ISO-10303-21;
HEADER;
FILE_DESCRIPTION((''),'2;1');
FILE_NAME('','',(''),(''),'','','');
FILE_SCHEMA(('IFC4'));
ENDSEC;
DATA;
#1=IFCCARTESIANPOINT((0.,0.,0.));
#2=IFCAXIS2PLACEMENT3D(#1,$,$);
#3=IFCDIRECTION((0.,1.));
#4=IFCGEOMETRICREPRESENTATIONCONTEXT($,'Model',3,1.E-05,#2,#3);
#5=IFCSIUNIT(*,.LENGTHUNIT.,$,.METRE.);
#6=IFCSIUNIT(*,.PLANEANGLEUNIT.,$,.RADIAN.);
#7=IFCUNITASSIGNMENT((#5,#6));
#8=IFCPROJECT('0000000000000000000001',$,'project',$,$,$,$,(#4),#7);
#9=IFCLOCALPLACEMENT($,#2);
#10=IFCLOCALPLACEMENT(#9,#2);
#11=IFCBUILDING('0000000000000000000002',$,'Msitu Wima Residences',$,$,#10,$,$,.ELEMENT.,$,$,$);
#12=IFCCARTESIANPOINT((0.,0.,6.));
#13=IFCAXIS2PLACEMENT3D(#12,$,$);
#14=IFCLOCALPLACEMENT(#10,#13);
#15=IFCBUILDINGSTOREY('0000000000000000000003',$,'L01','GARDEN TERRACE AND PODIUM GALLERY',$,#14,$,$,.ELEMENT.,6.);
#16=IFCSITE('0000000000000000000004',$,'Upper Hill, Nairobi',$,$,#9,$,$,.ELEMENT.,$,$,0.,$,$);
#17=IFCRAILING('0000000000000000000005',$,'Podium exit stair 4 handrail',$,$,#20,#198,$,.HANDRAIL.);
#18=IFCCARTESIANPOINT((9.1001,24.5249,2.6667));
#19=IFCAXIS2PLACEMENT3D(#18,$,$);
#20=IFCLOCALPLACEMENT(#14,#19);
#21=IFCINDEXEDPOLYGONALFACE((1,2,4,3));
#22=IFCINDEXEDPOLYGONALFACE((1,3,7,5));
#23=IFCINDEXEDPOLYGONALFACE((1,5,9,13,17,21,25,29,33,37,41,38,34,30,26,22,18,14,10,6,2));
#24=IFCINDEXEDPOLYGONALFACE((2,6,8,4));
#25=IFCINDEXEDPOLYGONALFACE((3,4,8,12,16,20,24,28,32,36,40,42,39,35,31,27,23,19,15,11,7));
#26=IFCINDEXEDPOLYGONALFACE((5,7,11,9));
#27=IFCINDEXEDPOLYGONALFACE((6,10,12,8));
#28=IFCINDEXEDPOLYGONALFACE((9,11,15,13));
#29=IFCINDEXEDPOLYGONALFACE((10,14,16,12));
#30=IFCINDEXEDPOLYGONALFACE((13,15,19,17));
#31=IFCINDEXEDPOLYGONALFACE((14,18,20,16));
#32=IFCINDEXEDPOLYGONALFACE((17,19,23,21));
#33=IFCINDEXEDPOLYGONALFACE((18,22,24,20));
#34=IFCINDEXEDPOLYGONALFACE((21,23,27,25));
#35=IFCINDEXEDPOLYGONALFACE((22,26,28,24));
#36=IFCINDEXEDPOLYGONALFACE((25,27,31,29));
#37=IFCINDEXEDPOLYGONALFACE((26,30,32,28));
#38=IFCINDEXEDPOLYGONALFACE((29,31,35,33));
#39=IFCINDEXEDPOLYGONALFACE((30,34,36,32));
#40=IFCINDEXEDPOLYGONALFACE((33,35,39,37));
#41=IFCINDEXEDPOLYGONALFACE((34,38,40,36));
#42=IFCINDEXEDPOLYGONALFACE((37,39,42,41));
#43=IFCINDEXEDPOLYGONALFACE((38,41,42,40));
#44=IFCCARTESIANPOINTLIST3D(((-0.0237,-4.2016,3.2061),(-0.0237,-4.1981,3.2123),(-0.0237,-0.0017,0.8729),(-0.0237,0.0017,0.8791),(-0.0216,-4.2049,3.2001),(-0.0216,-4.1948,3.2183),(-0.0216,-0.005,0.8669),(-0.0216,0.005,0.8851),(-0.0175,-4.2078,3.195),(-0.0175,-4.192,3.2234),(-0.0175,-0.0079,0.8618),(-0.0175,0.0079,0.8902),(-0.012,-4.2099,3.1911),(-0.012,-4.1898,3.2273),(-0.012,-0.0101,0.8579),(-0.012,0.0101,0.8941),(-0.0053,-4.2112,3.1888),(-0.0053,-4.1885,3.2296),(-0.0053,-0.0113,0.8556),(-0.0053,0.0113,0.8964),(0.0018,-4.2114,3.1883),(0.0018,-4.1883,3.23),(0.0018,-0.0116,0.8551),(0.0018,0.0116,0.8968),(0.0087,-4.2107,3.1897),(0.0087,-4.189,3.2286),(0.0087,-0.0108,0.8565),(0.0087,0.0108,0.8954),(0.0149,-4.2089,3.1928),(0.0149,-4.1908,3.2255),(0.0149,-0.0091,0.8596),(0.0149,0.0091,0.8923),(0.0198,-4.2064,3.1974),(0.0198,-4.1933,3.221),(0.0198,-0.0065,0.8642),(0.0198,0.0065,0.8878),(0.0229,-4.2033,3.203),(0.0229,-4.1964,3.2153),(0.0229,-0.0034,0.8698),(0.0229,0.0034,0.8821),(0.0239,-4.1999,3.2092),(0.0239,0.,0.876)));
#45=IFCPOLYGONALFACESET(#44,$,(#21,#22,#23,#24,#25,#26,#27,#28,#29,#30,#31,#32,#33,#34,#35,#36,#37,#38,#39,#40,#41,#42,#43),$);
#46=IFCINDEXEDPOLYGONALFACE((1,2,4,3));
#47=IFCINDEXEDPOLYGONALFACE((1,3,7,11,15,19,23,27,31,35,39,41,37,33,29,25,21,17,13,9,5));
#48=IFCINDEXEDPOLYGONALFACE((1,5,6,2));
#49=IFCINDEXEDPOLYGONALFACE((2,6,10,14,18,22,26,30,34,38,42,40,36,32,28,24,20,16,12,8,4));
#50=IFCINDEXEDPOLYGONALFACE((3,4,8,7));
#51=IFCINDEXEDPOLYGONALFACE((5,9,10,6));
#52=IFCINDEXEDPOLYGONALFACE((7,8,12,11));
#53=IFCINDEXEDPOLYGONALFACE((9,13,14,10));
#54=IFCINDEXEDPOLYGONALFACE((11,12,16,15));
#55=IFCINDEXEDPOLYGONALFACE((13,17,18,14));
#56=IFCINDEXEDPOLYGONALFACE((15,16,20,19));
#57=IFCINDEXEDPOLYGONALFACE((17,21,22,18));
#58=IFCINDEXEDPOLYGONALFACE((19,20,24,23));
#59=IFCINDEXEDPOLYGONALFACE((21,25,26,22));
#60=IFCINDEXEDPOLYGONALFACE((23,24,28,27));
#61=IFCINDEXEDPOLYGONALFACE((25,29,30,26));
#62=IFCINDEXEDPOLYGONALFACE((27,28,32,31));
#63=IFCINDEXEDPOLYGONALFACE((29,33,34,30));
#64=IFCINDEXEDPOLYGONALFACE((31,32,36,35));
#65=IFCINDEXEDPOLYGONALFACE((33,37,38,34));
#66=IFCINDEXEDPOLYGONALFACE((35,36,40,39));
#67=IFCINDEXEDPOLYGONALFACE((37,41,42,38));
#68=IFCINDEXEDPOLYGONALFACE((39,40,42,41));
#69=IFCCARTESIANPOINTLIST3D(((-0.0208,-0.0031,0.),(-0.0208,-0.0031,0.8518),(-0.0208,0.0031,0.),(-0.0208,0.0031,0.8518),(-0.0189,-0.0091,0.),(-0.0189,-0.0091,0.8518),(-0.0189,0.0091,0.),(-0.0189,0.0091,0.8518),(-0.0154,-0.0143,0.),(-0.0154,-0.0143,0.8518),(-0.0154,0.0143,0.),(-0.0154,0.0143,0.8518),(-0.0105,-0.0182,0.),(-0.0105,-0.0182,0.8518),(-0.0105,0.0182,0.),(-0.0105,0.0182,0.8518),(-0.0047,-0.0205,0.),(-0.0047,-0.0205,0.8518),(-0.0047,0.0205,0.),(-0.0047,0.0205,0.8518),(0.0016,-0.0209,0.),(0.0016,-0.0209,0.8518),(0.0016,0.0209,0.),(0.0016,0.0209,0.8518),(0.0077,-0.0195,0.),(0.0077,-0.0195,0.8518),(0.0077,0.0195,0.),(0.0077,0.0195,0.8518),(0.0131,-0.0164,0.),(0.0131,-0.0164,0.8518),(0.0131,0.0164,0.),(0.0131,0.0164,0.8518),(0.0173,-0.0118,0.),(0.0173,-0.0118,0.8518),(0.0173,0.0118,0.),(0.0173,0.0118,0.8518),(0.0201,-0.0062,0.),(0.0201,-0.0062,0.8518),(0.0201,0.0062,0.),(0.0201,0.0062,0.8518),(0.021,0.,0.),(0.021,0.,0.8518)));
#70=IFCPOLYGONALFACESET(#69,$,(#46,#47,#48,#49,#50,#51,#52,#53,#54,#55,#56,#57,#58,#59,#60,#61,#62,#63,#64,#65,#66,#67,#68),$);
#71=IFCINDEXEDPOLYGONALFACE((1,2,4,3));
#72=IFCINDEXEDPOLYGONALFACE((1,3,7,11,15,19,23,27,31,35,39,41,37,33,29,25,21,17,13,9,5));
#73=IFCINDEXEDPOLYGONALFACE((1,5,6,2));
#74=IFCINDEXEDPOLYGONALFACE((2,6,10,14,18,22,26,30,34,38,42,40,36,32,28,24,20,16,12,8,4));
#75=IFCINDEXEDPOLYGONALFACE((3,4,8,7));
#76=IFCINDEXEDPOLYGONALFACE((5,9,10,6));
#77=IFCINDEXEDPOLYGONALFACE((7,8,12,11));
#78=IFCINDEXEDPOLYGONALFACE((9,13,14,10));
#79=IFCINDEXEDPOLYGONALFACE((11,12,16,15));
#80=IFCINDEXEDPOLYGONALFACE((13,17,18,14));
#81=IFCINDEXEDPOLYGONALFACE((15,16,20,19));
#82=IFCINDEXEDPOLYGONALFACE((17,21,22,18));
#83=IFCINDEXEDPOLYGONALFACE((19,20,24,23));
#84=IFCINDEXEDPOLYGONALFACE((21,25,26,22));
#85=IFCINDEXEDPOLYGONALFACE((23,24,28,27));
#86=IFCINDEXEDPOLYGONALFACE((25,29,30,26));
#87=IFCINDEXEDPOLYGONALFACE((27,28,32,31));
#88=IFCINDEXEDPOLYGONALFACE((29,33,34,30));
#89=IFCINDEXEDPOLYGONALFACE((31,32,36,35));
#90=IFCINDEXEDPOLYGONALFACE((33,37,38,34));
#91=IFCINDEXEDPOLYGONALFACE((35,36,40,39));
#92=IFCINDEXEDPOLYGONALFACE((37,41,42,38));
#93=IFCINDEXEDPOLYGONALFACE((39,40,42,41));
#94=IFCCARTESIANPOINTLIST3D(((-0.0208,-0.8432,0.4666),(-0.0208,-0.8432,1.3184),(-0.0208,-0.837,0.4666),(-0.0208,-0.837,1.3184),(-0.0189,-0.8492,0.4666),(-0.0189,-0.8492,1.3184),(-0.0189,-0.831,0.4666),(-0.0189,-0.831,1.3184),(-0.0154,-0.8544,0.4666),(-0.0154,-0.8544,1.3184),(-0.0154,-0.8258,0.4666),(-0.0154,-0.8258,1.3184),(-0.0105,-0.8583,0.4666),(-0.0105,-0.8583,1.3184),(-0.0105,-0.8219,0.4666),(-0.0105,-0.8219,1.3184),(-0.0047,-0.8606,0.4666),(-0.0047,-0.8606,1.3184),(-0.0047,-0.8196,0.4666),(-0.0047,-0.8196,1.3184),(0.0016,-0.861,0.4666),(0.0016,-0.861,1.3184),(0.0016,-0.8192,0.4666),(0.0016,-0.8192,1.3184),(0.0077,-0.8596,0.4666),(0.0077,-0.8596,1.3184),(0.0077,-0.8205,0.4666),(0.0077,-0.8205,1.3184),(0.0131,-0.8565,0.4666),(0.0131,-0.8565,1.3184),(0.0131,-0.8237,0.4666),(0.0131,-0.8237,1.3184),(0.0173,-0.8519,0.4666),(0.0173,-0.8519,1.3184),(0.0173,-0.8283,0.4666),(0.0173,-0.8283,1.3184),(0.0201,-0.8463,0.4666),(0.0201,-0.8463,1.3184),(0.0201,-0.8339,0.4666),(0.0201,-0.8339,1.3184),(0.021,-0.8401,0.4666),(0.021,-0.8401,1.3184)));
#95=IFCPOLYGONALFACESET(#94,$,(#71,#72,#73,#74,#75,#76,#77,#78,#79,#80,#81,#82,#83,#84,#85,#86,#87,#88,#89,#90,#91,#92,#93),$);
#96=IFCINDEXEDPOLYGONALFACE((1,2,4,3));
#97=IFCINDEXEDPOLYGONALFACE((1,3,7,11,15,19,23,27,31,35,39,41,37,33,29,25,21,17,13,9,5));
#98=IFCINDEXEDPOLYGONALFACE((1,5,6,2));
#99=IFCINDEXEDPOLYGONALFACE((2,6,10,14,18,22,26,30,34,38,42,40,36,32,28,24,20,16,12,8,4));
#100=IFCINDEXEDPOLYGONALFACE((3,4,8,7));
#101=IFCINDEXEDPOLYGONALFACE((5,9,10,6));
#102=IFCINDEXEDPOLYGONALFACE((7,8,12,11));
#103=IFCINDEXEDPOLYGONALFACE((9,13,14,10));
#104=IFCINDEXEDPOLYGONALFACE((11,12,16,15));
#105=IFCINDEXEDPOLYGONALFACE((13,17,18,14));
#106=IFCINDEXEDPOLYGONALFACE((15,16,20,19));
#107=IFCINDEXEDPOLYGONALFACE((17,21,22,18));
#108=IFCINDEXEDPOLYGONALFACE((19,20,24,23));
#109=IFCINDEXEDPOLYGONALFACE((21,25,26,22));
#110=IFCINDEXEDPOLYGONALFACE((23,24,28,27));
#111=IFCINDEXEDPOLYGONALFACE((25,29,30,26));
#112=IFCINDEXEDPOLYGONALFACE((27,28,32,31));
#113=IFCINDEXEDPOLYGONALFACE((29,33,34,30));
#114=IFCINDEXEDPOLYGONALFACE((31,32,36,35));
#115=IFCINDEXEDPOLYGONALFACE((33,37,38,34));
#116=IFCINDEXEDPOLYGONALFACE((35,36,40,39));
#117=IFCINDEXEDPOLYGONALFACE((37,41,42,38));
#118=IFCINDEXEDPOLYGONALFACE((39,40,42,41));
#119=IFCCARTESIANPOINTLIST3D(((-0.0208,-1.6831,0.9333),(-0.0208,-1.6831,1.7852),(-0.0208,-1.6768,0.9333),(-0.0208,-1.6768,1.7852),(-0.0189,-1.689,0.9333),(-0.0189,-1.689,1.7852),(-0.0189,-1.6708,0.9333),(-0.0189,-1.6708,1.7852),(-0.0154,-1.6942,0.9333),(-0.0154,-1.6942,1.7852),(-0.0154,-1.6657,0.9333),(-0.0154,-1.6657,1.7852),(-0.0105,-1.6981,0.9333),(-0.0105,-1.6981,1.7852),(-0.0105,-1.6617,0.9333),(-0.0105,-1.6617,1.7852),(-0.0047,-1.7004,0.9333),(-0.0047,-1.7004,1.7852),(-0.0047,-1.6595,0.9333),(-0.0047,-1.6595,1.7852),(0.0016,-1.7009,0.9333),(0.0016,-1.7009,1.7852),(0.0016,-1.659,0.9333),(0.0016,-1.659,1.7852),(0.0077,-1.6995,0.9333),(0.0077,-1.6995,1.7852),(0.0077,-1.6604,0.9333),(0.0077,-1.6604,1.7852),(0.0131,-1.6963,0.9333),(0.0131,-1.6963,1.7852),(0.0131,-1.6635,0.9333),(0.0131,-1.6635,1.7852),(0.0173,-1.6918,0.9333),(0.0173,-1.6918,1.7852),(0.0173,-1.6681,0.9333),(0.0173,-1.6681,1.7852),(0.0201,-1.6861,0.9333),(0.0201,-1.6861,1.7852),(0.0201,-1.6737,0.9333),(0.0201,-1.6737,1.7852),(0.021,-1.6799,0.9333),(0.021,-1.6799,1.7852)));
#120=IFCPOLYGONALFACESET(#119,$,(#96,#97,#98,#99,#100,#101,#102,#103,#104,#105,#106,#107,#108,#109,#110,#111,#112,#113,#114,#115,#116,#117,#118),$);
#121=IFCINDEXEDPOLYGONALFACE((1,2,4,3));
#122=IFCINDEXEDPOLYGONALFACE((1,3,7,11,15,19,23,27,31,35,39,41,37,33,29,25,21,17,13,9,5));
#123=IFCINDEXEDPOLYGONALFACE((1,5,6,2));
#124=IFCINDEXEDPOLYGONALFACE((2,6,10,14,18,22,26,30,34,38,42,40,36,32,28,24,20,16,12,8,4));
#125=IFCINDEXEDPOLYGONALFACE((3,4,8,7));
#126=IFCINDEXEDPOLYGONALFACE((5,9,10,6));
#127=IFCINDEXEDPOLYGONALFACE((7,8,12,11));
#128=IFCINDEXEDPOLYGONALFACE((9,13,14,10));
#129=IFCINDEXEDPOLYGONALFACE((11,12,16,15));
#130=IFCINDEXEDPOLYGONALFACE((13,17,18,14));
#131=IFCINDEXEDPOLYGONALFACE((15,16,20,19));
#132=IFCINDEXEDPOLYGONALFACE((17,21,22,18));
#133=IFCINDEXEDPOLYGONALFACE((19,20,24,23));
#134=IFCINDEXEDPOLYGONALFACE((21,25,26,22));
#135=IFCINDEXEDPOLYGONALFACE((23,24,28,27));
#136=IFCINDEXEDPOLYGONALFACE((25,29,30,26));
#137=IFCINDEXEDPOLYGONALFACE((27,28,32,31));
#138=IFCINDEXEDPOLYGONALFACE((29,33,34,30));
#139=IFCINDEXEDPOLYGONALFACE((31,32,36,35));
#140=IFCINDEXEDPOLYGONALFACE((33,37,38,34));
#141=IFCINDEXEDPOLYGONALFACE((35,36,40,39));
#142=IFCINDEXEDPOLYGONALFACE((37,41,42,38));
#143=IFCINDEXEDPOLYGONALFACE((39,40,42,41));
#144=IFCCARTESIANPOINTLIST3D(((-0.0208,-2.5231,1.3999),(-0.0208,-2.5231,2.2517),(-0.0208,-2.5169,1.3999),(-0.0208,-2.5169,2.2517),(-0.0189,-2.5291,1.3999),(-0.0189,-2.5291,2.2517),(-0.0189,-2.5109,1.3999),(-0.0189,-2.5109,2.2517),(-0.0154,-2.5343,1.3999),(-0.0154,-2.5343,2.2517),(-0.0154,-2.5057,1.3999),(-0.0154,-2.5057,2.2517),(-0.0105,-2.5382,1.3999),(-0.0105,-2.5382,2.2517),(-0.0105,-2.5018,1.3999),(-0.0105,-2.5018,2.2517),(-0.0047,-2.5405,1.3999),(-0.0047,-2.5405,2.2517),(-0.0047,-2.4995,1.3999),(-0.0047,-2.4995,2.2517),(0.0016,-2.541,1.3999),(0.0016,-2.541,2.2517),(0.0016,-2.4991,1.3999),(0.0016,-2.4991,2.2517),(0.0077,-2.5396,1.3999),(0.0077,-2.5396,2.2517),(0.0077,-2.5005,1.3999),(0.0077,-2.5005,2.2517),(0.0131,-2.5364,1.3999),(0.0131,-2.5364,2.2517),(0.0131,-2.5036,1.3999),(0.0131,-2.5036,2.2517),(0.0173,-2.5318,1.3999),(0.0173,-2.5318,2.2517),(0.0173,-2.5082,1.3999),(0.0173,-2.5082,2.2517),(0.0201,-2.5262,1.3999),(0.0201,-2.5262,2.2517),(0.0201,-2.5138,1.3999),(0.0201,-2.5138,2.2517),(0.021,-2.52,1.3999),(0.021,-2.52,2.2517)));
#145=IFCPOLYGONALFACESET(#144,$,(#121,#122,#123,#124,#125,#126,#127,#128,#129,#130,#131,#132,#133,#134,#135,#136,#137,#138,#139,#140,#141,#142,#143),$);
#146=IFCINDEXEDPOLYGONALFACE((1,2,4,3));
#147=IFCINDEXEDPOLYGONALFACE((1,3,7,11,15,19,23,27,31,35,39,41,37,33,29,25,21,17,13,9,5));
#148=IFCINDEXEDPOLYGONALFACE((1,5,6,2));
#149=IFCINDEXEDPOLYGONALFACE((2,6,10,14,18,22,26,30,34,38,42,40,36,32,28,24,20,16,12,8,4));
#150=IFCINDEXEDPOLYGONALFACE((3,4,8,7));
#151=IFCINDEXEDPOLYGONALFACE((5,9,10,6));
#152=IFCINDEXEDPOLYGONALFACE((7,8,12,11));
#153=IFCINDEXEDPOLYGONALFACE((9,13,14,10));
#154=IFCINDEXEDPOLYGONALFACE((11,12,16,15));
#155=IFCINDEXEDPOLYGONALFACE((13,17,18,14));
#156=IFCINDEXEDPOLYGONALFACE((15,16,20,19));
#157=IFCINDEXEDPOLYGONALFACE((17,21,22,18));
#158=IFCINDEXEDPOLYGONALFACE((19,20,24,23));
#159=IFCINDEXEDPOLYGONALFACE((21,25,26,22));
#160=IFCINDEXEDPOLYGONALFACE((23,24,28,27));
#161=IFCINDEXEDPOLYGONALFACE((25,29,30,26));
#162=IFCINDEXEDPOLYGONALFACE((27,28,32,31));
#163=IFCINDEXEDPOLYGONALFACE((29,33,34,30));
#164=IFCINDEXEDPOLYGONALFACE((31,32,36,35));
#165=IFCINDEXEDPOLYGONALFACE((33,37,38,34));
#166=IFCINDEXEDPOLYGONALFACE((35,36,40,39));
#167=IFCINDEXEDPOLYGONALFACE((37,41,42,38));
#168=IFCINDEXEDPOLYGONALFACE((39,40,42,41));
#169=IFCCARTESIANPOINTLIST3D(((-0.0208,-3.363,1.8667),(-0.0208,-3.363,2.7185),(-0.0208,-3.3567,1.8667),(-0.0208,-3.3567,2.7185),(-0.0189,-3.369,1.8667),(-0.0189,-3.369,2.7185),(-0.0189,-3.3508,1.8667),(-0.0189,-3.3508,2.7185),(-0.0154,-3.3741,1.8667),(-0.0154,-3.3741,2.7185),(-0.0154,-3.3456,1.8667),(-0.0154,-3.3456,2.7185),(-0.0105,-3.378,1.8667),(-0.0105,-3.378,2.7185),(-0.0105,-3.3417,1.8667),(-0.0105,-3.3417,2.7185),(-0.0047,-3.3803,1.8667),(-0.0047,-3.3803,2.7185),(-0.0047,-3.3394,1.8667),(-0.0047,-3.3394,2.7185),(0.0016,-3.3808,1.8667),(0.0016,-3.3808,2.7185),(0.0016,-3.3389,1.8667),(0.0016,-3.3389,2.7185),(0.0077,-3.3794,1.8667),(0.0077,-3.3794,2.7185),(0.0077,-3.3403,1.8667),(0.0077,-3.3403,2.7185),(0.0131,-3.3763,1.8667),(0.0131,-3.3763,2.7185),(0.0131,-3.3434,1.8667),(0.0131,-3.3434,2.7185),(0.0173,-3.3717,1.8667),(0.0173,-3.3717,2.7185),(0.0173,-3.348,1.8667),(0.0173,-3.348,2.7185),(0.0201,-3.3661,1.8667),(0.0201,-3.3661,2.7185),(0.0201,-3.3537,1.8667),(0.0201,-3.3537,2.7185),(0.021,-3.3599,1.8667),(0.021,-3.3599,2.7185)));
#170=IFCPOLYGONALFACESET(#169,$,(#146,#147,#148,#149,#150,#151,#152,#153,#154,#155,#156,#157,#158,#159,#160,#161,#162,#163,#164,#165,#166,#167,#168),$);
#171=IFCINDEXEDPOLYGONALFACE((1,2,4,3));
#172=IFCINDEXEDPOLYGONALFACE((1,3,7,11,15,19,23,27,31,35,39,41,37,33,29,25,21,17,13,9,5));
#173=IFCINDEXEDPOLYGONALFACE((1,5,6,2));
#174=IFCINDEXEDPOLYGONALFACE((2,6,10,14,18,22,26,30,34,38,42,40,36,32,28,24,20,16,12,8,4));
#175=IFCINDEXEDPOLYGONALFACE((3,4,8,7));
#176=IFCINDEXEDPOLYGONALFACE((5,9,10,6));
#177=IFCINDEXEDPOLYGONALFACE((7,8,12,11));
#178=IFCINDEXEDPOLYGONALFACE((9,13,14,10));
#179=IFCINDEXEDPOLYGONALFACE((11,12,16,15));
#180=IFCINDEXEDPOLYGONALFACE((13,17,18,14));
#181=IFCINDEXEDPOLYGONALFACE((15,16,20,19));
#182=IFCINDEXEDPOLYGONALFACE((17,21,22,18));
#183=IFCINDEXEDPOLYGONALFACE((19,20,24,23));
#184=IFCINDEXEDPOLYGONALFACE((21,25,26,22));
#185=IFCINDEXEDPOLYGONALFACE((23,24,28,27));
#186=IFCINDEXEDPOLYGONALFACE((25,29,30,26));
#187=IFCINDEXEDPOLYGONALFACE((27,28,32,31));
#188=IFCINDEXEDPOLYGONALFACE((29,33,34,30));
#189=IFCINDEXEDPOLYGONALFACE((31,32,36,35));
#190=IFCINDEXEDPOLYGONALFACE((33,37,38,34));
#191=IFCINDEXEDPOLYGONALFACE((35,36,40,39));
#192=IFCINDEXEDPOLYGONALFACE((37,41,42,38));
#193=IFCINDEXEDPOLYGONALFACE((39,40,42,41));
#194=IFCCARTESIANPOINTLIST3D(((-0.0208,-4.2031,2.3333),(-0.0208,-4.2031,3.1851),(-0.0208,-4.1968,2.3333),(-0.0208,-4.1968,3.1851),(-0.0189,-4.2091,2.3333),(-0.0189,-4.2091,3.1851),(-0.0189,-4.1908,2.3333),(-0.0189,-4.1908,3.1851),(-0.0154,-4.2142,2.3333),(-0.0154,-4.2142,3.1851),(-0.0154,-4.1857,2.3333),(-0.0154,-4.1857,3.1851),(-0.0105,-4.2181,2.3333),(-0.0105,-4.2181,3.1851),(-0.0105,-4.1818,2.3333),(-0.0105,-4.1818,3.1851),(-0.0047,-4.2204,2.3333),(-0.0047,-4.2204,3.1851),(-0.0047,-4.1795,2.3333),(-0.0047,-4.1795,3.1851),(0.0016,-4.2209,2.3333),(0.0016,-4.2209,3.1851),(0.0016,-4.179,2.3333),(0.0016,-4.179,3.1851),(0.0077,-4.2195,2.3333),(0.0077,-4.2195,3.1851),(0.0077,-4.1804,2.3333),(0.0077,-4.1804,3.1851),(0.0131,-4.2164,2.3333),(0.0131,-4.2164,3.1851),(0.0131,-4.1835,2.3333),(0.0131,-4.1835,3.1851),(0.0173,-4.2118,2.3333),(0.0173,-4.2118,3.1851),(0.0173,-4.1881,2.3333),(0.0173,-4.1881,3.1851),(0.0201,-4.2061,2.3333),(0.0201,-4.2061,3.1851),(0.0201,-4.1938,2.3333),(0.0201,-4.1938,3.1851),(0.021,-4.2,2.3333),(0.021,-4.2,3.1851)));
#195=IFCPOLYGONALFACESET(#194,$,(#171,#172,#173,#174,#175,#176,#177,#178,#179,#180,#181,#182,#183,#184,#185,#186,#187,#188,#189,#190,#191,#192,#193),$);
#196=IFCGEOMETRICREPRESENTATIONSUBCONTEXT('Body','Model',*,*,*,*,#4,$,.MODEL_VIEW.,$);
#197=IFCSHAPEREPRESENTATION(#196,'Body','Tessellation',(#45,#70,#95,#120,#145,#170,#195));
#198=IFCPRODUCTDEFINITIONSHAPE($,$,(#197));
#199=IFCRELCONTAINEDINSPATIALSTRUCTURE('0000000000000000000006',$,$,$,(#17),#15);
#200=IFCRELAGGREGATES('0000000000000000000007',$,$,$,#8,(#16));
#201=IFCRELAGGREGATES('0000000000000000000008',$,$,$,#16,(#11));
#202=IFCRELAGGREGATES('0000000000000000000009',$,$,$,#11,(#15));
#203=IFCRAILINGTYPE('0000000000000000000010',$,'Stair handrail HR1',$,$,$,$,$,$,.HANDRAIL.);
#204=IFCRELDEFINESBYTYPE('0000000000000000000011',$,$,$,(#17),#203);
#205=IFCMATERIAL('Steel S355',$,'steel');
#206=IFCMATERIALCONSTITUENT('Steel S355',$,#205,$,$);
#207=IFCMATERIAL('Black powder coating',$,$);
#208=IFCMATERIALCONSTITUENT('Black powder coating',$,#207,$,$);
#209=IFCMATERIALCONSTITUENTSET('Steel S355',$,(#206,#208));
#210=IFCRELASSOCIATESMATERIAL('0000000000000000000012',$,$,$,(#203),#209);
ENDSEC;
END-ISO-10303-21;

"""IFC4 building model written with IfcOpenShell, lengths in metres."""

from ifc_helpers import new_model, si_unit, direction, frame, origin, origin_2d, place, context, subcontext, project, spatial, circle, extrude, material, constituent, constituent_set, type_object, element, save


model = new_model("IFC4")

# Units and contexts
model_context = context("Model", 3, precision=1e-05, world=origin(), true_north=direction((0.0, 1.0)))
body_context = subcontext(model_context, "Body", "Model", "MODEL_VIEW")
ifc_project = project(units=[si_unit("LENGTHUNIT", "METRE"), si_unit("PLANEANGLEUNIT", "RADIAN")], contexts=[model_context])

# Site, building, storey
site_placement = place(None, origin())
site = spatial("IfcSite", under=ifc_project, at=site_placement, Name="Upper Hill, Nairobi", CompositionType="ELEMENT", RefElevation=0.0)
building_placement = place(site_placement, origin())
building = spatial("IfcBuilding", under=site, at=building_placement, Name="Msitu Wima Residences", CompositionType="ELEMENT")
storey_placement = place(building_placement, frame((0.0, 0.0, 6.0)))
storey = spatial("IfcBuildingStorey", under=building, at=storey_placement, Name="L01", Description="GARDEN TERRACE AND PODIUM GALLERY", CompositionType="ELEMENT", Elevation=6.0)

# Railing
ifc_material_1 = material(Name="Steel S355", Category="steel")
ifc_constituent_1 = constituent(ifc_material_1, Name="Steel S355")
ifc_material_2 = material(Name="Black powder coating")
ifc_constituent_2 = constituent(ifc_material_2, Name="Black powder coating")
ifc_constituent_set = constituent_set(constituents=[ifc_constituent_1, ifc_constituent_2], Name="Steel S355")
railing_type = type_object("IfcRailingType", Name="Stair handrail HR1", PredefinedType="HANDRAIL", material=ifc_constituent_set)
for number, where, name in (
    (1, (9.1001, 24.5249, 2.6667), "Podium exit stair 4 handrail"),
):
    element("IfcRailing", number, at=place(storey_placement, frame(where)), inside=storey, type_object=railing_type, Name=name, PredefinedType="HANDRAIL", context=body_context, shape_type="SweptSolid", body=[
        extrude(circle(Radius=0.0239, at=origin_2d()), frame((0.0, 0.0, 0.876), z_axis=(0.0, -0.874162, 0.485634), x_axis=(1.0, 0.0, 0.0)), (0.0, 0.0, 1.0), 4.8044),
        extrude(circle(Radius=0.021, at=origin_2d()), origin(), (0.0, 0.0, 1.0), 0.8518),
        extrude(circle(Radius=0.021, at=origin_2d()), frame((0.0, -0.8401, 0.4666)), (0.0, 0.0, 1.0), 0.8518),
        extrude(circle(Radius=0.021, at=origin_2d()), frame((0.0, -1.6799, 0.9333)), (0.0, 0.0, 1.0), 0.8518),
        extrude(circle(Radius=0.021, at=origin_2d()), frame((0.0, -2.52, 1.3999)), (0.0, 0.0, 1.0), 0.8518),
        extrude(circle(Radius=0.021, at=origin_2d()), frame((0.0, -3.3599, 1.8667)), (0.0, 0.0, 1.0), 0.8518),
        extrude(circle(Radius=0.021, at=origin_2d()), frame((0.0, -4.2, 2.3333)), (0.0, 0.0, 1.0), 0.8518),
    ])

save(model, "model.ifc")
